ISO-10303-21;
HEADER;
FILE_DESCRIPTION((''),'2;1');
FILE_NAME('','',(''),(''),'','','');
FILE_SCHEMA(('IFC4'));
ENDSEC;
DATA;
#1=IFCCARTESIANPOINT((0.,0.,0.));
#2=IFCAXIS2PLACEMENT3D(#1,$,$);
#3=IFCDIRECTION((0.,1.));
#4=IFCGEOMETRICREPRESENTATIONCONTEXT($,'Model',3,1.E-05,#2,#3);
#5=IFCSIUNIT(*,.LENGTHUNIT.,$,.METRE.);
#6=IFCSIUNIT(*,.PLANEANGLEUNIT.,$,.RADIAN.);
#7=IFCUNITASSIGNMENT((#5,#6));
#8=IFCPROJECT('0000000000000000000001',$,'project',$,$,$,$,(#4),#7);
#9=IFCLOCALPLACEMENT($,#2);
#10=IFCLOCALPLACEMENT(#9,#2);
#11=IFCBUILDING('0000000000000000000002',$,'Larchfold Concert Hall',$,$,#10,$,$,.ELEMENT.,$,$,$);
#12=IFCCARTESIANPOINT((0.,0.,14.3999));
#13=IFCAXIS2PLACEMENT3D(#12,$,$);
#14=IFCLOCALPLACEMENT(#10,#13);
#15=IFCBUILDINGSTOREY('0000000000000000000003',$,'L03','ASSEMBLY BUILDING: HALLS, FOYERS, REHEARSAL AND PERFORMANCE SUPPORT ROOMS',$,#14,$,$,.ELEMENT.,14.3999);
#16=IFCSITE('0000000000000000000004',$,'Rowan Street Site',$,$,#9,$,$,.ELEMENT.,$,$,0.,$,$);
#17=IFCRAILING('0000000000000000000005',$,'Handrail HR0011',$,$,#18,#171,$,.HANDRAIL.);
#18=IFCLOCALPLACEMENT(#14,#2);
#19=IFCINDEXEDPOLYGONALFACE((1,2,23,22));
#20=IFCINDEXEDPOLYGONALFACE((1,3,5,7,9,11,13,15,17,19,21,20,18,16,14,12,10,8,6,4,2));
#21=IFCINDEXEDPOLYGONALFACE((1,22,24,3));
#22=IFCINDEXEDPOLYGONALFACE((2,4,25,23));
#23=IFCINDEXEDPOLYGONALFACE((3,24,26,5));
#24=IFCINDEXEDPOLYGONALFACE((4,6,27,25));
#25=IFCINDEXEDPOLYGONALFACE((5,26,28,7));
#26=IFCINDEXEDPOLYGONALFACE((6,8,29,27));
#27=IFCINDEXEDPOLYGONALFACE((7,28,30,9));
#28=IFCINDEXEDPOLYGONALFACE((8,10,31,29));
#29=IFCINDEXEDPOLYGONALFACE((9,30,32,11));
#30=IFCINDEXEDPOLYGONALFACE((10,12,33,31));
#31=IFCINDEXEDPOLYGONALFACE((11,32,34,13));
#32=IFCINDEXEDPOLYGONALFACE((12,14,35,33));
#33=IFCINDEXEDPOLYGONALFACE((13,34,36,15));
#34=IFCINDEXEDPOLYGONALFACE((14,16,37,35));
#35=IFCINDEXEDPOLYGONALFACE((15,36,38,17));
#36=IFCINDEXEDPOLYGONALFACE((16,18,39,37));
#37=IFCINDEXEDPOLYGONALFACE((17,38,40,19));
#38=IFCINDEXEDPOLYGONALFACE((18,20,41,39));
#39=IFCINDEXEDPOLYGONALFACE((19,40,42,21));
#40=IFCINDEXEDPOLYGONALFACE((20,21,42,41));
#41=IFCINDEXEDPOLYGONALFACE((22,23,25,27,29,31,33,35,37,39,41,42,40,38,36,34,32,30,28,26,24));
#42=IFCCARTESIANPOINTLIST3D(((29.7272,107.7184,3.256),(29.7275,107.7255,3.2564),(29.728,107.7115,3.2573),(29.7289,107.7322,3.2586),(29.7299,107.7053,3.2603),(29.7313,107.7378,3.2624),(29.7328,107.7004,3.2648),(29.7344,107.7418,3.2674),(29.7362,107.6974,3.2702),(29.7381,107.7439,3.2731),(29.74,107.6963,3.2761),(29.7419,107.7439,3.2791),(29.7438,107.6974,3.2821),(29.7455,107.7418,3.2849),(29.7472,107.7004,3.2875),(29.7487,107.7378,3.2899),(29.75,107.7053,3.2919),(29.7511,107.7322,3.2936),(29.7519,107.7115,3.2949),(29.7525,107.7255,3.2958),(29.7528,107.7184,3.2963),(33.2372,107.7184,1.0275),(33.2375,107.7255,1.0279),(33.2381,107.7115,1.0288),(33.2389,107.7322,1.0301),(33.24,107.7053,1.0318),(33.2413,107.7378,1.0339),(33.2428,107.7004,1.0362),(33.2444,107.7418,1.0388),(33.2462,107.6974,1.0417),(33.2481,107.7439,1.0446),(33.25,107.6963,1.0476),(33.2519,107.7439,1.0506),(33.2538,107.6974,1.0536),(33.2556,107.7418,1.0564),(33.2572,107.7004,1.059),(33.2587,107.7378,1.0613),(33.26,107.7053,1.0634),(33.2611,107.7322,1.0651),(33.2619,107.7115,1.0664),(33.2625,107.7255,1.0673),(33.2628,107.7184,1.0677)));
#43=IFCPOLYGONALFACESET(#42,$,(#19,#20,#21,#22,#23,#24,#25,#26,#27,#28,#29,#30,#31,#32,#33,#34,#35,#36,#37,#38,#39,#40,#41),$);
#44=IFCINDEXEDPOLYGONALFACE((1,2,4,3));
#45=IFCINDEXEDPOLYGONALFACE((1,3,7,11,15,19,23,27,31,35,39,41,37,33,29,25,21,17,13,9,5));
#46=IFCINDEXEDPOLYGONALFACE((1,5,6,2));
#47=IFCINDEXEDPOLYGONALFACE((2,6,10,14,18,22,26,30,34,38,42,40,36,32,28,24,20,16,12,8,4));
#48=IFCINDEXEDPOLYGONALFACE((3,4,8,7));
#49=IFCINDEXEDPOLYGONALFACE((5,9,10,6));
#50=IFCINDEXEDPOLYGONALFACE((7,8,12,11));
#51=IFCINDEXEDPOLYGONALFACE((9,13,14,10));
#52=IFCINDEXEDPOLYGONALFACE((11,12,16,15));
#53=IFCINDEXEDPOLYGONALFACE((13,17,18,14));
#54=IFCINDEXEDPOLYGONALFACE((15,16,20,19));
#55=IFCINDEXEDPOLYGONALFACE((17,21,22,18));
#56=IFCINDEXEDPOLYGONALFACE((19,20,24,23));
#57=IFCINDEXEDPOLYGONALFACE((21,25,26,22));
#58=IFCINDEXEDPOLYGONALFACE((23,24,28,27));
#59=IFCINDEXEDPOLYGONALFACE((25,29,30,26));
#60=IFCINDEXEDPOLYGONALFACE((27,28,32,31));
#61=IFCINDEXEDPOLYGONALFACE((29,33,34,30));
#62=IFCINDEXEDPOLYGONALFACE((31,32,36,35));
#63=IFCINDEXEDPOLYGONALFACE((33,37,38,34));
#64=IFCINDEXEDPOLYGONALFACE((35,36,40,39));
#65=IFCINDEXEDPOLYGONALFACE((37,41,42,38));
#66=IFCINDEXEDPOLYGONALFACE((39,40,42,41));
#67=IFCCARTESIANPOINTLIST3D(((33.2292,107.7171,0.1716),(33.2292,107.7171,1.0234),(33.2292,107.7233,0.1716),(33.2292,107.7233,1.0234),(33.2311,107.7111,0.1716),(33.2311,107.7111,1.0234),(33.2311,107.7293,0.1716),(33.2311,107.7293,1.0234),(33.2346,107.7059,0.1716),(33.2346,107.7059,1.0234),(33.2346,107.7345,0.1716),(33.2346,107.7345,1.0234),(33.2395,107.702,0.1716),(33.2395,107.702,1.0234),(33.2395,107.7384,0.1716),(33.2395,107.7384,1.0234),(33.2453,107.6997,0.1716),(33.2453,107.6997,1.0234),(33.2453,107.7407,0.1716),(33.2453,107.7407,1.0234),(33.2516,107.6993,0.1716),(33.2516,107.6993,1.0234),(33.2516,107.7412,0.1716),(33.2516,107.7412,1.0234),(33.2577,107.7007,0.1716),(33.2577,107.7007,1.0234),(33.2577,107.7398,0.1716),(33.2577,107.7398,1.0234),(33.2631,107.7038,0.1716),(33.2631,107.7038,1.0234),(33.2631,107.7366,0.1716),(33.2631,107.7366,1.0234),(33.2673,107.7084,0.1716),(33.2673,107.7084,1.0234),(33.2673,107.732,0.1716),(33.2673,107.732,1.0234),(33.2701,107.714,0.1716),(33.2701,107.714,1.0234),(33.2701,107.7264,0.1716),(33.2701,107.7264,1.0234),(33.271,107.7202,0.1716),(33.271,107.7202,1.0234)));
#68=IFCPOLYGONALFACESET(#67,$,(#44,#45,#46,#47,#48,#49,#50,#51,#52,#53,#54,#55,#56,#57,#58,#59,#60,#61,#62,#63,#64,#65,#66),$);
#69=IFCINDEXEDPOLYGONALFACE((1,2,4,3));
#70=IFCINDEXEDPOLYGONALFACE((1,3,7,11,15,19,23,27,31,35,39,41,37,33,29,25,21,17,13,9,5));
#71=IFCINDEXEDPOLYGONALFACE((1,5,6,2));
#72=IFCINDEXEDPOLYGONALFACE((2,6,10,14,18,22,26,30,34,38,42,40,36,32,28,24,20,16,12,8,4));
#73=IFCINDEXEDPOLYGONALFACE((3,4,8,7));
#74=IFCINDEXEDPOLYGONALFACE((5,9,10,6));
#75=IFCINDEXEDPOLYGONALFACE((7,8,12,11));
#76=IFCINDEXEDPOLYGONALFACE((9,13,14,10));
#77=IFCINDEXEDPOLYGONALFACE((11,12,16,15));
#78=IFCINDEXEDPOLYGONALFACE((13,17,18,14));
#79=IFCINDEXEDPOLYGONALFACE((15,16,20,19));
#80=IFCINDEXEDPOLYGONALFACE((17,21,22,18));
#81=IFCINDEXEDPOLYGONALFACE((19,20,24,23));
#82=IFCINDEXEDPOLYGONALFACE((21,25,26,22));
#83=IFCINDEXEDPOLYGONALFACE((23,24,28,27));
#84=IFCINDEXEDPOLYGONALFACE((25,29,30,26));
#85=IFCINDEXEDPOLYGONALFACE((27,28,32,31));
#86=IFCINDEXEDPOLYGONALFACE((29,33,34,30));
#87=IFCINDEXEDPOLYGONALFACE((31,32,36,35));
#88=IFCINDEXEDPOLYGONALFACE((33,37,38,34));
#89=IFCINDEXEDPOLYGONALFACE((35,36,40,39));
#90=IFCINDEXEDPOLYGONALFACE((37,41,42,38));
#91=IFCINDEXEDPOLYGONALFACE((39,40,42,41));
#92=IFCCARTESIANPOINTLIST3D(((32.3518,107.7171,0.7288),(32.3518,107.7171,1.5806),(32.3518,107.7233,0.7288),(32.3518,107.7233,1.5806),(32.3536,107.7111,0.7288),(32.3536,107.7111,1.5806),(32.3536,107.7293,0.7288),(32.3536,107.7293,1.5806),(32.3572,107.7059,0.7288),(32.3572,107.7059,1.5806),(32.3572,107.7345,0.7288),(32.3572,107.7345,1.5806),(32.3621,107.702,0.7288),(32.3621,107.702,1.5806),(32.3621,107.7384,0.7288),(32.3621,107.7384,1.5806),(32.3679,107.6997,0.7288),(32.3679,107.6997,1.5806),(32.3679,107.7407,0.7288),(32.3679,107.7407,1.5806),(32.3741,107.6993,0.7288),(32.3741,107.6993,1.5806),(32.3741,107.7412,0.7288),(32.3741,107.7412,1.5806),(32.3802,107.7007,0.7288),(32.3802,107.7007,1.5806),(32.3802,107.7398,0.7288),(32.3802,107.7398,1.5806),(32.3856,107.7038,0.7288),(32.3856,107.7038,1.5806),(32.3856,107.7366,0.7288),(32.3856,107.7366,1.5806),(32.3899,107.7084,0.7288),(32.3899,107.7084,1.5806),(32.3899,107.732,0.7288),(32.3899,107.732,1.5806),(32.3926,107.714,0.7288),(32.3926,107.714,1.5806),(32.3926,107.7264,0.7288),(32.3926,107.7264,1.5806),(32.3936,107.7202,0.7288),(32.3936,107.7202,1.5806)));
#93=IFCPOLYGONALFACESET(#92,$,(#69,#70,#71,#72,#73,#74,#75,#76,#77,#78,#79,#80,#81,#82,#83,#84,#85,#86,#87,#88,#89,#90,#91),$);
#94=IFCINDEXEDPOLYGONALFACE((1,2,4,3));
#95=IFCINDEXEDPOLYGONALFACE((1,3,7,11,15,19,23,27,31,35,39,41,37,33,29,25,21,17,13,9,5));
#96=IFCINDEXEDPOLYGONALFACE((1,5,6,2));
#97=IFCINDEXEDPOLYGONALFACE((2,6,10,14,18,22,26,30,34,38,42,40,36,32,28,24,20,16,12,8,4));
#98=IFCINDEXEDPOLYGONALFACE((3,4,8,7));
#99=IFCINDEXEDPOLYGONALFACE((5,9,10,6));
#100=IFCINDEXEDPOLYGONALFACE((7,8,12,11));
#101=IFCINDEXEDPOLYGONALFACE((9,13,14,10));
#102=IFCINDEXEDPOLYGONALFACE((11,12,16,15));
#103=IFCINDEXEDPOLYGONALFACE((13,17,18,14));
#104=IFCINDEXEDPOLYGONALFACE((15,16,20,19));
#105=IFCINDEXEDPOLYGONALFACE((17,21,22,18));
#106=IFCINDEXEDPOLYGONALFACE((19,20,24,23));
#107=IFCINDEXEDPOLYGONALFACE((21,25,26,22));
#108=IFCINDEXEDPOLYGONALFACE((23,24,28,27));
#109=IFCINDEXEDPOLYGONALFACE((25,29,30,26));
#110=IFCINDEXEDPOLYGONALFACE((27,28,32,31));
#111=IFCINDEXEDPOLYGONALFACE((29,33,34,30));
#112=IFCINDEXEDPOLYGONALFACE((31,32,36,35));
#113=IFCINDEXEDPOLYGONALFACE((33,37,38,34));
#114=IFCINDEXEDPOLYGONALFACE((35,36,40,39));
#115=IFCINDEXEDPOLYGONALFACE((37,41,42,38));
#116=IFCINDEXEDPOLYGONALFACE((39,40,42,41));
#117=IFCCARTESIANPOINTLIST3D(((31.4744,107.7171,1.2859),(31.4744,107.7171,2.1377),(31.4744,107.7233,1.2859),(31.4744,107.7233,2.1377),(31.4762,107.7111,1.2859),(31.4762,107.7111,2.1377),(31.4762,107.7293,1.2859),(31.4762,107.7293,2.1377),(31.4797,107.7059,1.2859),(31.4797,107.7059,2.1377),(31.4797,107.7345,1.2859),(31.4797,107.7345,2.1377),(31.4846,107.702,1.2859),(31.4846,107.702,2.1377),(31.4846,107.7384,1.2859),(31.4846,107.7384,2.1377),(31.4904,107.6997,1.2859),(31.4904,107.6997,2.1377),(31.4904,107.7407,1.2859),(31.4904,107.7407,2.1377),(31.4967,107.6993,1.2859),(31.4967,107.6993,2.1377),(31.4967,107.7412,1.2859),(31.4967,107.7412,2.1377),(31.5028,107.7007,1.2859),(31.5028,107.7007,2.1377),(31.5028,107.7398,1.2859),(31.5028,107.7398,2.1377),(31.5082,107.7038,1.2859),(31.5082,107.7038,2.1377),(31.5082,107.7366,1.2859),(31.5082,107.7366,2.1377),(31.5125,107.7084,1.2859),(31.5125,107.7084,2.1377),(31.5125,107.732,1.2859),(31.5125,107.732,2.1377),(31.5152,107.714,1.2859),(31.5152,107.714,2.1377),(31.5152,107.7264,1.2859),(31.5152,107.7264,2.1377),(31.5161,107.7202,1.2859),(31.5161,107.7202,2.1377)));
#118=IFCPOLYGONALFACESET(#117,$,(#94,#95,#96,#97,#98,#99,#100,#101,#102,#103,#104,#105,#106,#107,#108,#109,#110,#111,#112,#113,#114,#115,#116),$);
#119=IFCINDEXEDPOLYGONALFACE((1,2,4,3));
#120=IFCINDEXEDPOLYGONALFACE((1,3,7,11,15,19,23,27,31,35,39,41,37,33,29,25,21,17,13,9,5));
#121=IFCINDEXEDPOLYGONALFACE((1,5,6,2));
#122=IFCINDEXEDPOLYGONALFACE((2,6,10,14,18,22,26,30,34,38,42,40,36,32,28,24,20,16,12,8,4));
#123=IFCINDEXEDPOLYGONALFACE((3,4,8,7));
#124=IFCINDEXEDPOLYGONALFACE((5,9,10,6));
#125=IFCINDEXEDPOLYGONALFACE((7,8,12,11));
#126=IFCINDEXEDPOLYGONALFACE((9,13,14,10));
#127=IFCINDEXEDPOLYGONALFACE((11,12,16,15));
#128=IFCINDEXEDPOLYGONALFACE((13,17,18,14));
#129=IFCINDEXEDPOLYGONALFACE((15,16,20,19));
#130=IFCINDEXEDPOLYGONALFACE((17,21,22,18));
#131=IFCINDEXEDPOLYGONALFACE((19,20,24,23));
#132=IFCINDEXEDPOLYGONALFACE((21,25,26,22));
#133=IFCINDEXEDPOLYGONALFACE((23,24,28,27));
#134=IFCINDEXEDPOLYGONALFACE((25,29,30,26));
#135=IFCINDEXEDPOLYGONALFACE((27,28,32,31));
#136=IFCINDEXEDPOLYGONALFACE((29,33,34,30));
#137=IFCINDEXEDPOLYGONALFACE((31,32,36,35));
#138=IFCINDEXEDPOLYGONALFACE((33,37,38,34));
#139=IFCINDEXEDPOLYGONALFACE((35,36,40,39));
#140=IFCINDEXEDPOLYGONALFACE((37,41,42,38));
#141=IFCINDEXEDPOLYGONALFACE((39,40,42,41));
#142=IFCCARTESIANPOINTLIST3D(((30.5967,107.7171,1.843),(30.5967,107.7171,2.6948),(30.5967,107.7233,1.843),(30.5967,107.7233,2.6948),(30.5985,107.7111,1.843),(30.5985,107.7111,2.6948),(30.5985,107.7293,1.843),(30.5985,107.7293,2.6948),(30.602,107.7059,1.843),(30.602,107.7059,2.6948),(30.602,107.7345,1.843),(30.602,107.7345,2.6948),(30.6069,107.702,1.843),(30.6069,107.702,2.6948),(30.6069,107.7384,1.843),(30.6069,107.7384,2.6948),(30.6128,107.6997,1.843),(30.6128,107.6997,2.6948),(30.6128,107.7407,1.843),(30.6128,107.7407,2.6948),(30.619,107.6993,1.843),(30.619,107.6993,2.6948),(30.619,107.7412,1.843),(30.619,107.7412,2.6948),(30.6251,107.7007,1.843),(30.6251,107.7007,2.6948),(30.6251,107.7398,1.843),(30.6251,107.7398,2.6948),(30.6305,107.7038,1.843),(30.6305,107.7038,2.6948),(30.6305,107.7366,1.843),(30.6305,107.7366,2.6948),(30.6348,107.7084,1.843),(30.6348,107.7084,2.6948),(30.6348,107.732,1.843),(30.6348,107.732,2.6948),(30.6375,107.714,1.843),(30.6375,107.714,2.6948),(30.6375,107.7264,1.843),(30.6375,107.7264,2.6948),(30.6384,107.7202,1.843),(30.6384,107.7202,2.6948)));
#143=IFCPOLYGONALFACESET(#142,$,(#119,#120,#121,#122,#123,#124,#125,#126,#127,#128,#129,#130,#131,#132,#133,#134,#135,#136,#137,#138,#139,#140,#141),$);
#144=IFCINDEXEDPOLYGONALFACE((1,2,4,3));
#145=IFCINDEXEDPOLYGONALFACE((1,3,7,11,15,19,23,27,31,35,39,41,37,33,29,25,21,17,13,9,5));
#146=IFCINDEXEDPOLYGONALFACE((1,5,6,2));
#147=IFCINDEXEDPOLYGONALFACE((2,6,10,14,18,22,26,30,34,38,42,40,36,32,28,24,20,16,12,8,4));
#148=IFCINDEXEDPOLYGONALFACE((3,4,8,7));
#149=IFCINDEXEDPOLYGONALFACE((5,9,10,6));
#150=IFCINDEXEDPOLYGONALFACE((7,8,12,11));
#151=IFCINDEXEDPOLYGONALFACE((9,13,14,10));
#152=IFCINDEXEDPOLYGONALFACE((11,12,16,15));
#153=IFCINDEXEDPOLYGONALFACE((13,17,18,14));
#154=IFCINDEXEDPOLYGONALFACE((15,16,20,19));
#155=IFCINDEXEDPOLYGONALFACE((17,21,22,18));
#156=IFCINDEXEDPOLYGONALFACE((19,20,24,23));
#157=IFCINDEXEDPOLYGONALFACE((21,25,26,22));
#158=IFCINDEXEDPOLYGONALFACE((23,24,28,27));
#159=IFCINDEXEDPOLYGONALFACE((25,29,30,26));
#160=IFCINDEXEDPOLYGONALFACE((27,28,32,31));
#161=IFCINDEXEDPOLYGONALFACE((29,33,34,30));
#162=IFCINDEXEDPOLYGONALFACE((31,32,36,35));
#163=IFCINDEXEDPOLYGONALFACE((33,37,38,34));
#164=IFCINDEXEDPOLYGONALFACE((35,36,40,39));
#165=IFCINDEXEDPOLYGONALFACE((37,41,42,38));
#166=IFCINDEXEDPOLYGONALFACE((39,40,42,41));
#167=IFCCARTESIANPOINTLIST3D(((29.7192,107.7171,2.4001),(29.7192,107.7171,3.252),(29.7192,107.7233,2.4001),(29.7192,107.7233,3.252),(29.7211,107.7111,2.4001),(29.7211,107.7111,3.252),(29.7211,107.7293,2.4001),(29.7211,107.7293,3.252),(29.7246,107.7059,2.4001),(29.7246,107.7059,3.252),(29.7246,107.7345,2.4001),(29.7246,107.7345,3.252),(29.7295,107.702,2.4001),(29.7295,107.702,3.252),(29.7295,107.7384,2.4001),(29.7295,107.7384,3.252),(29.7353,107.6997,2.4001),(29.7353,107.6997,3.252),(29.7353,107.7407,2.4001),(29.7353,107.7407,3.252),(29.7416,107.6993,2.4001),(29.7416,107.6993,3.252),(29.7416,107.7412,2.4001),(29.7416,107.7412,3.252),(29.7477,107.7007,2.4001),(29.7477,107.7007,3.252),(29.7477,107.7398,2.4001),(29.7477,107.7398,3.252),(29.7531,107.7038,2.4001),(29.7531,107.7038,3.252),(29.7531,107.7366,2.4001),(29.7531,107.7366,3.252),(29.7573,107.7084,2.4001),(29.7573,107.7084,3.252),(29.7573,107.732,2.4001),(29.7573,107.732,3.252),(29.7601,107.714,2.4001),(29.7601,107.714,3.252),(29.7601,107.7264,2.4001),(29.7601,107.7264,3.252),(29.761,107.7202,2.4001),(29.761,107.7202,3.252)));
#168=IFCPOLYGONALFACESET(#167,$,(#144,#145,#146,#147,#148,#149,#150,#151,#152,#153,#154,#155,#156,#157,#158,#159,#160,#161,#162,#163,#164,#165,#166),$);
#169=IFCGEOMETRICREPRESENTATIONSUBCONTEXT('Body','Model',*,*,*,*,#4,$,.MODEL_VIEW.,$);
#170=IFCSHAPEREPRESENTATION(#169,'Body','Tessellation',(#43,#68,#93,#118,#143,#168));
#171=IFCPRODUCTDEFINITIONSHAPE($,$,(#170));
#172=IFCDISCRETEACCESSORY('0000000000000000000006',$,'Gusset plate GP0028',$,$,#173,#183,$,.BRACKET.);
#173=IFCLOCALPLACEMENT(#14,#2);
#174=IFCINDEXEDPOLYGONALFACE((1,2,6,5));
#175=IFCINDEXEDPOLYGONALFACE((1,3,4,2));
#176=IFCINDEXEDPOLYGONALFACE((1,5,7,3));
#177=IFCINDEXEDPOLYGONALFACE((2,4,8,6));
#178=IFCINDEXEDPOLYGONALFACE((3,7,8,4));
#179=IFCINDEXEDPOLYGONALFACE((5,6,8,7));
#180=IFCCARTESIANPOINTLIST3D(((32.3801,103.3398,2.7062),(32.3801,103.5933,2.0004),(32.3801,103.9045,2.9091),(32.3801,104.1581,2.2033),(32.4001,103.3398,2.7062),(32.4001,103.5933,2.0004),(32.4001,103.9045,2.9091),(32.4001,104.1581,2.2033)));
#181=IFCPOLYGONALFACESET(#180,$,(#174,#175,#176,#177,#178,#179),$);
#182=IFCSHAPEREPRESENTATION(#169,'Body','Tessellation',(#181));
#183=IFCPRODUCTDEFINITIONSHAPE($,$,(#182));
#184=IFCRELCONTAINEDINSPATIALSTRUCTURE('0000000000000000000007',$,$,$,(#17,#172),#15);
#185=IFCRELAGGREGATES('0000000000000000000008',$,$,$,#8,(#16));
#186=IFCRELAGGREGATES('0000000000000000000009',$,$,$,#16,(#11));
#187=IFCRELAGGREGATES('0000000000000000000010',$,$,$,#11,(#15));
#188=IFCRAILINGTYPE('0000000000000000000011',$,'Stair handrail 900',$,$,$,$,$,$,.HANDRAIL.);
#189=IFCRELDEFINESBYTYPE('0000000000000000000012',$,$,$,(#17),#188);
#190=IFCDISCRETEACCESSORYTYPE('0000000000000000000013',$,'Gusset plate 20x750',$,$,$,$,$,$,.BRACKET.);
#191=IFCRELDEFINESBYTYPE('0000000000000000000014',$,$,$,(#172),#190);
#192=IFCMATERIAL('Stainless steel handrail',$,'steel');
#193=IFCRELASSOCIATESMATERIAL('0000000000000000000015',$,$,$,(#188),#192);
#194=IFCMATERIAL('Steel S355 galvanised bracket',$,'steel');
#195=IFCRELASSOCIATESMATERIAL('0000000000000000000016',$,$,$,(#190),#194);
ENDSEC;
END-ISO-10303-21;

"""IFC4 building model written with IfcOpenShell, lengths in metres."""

from ifc_helpers import new_model, si_unit, direction, frame, origin, origin_2d, place, context, subcontext, project, spatial, rectangle, circle, extrude, material, material_profile, profile_set, type_object, element, save


model = new_model("IFC4")

# Units and contexts
model_context = context("Model", 3, precision=1e-05, world=origin(), true_north=direction((0.0, 1.0)))
body_context = subcontext(model_context, "Body", "Model", "MODEL_VIEW")
ifc_project = project(units=[si_unit("LENGTHUNIT", "METRE"), si_unit("PLANEANGLEUNIT", "RADIAN")], contexts=[model_context])

# Site, building, storey
site_placement = place(None, origin())
site = spatial("IfcSite", under=ifc_project, at=site_placement, Name="Rowan Street Site", CompositionType="ELEMENT", RefElevation=0.0)
building_placement = place(site_placement, origin())
building = spatial("IfcBuilding", under=site, at=building_placement, Name="Larchfold Concert Hall", CompositionType="ELEMENT")
storey_placement = place(building_placement, frame((0.0, 0.0, 14.3999)))
storey = spatial("IfcBuildingStorey", under=building, at=storey_placement, Name="L03", Description="ASSEMBLY BUILDING: HALLS, FOYERS, REHEARSAL AND PERFORMANCE SUPPORT ROOMS", CompositionType="ELEMENT", Elevation=14.3999)

# Railing
ifc_material_1 = material(Name="Stainless steel handrail", Category="steel")
railing_type_1 = type_object("IfcRailingType", Name="Stair handrail 900", PredefinedType="HANDRAIL", material=ifc_material_1)
for number, where, name in (
    (1, (33.25, 107.7202, 0.1716), "Handrail HR0011"),
):
    element("IfcRailing", number, at=place(storey_placement, frame(where)), inside=storey, type_object=railing_type_1, Name=name, PredefinedType="HANDRAIL", context=body_context, shape_type="SweptSolid", body=[
        extrude(circle(Radius=0.0239, at=origin_2d()), frame((0.0, 0.0, 0.876), z_axis=(-0.84422, 0.0, 0.535998), x_axis=(0.0, -1.0, 0.0)), (0.0, 0.0, 1.0), 4.1577),
        extrude(circle(Radius=0.021, at=origin_2d()), origin(), (0.0, 0.0, 1.0), 0.8518),
        extrude(circle(Radius=0.021, at=origin_2d()), frame((-0.8774, 0.0, 0.5571)), (0.0, 0.0, 1.0), 0.8518),
        extrude(circle(Radius=0.021, at=origin_2d()), frame((-1.7549, 0.0, 1.1143)), (0.0, 0.0, 1.0), 0.8518),
        extrude(circle(Radius=0.021, at=origin_2d()), frame((-2.6326, 0.0, 1.6714)), (0.0, 0.0, 1.0), 0.8518),
        extrude(circle(Radius=0.021, at=origin_2d()), frame((-3.51, 0.0, 2.2285)), (0.0, 0.0, 1.0), 0.8518),
    ])

# Discrete accessory
ifc_material_2 = material(Name="Steel S355 galvanised bracket", Category="steel")
ifc_material_profile_1 = material_profile(ifc_material_2, rectangle(XDim=0.02, YDim=0.75, at=origin_2d()))
ifc_profile_set_1 = profile_set([ifc_material_profile_1], Name="Steel S355 galvanised bracket")
discrete_accessory_type = type_object("IfcDiscreteAccessoryType", Name="Gusset plate 20x750", PredefinedType="BRACKET", material=ifc_profile_set_1)
discrete_accessory_placement = place(storey_placement, frame((32.3901, 103.4666, 2.3533), z_axis=(0.0, 0.941105, 0.338114), x_axis=(-1.0, 0.0, 0.0)))
element("IfcDiscreteAccessory", 2, at=discrete_accessory_placement, inside=storey, type_object=discrete_accessory_type, Name="Gusset plate GP0028", PredefinedType="BRACKET", context=body_context, shape_type="SweptSolid", body=[
    extrude(rectangle(XDim=0.02, YDim=0.75, at=origin_2d()), origin(), (0.0, 0.0, 1.0), 0.6001),
])

save(model, "model.ifc")
